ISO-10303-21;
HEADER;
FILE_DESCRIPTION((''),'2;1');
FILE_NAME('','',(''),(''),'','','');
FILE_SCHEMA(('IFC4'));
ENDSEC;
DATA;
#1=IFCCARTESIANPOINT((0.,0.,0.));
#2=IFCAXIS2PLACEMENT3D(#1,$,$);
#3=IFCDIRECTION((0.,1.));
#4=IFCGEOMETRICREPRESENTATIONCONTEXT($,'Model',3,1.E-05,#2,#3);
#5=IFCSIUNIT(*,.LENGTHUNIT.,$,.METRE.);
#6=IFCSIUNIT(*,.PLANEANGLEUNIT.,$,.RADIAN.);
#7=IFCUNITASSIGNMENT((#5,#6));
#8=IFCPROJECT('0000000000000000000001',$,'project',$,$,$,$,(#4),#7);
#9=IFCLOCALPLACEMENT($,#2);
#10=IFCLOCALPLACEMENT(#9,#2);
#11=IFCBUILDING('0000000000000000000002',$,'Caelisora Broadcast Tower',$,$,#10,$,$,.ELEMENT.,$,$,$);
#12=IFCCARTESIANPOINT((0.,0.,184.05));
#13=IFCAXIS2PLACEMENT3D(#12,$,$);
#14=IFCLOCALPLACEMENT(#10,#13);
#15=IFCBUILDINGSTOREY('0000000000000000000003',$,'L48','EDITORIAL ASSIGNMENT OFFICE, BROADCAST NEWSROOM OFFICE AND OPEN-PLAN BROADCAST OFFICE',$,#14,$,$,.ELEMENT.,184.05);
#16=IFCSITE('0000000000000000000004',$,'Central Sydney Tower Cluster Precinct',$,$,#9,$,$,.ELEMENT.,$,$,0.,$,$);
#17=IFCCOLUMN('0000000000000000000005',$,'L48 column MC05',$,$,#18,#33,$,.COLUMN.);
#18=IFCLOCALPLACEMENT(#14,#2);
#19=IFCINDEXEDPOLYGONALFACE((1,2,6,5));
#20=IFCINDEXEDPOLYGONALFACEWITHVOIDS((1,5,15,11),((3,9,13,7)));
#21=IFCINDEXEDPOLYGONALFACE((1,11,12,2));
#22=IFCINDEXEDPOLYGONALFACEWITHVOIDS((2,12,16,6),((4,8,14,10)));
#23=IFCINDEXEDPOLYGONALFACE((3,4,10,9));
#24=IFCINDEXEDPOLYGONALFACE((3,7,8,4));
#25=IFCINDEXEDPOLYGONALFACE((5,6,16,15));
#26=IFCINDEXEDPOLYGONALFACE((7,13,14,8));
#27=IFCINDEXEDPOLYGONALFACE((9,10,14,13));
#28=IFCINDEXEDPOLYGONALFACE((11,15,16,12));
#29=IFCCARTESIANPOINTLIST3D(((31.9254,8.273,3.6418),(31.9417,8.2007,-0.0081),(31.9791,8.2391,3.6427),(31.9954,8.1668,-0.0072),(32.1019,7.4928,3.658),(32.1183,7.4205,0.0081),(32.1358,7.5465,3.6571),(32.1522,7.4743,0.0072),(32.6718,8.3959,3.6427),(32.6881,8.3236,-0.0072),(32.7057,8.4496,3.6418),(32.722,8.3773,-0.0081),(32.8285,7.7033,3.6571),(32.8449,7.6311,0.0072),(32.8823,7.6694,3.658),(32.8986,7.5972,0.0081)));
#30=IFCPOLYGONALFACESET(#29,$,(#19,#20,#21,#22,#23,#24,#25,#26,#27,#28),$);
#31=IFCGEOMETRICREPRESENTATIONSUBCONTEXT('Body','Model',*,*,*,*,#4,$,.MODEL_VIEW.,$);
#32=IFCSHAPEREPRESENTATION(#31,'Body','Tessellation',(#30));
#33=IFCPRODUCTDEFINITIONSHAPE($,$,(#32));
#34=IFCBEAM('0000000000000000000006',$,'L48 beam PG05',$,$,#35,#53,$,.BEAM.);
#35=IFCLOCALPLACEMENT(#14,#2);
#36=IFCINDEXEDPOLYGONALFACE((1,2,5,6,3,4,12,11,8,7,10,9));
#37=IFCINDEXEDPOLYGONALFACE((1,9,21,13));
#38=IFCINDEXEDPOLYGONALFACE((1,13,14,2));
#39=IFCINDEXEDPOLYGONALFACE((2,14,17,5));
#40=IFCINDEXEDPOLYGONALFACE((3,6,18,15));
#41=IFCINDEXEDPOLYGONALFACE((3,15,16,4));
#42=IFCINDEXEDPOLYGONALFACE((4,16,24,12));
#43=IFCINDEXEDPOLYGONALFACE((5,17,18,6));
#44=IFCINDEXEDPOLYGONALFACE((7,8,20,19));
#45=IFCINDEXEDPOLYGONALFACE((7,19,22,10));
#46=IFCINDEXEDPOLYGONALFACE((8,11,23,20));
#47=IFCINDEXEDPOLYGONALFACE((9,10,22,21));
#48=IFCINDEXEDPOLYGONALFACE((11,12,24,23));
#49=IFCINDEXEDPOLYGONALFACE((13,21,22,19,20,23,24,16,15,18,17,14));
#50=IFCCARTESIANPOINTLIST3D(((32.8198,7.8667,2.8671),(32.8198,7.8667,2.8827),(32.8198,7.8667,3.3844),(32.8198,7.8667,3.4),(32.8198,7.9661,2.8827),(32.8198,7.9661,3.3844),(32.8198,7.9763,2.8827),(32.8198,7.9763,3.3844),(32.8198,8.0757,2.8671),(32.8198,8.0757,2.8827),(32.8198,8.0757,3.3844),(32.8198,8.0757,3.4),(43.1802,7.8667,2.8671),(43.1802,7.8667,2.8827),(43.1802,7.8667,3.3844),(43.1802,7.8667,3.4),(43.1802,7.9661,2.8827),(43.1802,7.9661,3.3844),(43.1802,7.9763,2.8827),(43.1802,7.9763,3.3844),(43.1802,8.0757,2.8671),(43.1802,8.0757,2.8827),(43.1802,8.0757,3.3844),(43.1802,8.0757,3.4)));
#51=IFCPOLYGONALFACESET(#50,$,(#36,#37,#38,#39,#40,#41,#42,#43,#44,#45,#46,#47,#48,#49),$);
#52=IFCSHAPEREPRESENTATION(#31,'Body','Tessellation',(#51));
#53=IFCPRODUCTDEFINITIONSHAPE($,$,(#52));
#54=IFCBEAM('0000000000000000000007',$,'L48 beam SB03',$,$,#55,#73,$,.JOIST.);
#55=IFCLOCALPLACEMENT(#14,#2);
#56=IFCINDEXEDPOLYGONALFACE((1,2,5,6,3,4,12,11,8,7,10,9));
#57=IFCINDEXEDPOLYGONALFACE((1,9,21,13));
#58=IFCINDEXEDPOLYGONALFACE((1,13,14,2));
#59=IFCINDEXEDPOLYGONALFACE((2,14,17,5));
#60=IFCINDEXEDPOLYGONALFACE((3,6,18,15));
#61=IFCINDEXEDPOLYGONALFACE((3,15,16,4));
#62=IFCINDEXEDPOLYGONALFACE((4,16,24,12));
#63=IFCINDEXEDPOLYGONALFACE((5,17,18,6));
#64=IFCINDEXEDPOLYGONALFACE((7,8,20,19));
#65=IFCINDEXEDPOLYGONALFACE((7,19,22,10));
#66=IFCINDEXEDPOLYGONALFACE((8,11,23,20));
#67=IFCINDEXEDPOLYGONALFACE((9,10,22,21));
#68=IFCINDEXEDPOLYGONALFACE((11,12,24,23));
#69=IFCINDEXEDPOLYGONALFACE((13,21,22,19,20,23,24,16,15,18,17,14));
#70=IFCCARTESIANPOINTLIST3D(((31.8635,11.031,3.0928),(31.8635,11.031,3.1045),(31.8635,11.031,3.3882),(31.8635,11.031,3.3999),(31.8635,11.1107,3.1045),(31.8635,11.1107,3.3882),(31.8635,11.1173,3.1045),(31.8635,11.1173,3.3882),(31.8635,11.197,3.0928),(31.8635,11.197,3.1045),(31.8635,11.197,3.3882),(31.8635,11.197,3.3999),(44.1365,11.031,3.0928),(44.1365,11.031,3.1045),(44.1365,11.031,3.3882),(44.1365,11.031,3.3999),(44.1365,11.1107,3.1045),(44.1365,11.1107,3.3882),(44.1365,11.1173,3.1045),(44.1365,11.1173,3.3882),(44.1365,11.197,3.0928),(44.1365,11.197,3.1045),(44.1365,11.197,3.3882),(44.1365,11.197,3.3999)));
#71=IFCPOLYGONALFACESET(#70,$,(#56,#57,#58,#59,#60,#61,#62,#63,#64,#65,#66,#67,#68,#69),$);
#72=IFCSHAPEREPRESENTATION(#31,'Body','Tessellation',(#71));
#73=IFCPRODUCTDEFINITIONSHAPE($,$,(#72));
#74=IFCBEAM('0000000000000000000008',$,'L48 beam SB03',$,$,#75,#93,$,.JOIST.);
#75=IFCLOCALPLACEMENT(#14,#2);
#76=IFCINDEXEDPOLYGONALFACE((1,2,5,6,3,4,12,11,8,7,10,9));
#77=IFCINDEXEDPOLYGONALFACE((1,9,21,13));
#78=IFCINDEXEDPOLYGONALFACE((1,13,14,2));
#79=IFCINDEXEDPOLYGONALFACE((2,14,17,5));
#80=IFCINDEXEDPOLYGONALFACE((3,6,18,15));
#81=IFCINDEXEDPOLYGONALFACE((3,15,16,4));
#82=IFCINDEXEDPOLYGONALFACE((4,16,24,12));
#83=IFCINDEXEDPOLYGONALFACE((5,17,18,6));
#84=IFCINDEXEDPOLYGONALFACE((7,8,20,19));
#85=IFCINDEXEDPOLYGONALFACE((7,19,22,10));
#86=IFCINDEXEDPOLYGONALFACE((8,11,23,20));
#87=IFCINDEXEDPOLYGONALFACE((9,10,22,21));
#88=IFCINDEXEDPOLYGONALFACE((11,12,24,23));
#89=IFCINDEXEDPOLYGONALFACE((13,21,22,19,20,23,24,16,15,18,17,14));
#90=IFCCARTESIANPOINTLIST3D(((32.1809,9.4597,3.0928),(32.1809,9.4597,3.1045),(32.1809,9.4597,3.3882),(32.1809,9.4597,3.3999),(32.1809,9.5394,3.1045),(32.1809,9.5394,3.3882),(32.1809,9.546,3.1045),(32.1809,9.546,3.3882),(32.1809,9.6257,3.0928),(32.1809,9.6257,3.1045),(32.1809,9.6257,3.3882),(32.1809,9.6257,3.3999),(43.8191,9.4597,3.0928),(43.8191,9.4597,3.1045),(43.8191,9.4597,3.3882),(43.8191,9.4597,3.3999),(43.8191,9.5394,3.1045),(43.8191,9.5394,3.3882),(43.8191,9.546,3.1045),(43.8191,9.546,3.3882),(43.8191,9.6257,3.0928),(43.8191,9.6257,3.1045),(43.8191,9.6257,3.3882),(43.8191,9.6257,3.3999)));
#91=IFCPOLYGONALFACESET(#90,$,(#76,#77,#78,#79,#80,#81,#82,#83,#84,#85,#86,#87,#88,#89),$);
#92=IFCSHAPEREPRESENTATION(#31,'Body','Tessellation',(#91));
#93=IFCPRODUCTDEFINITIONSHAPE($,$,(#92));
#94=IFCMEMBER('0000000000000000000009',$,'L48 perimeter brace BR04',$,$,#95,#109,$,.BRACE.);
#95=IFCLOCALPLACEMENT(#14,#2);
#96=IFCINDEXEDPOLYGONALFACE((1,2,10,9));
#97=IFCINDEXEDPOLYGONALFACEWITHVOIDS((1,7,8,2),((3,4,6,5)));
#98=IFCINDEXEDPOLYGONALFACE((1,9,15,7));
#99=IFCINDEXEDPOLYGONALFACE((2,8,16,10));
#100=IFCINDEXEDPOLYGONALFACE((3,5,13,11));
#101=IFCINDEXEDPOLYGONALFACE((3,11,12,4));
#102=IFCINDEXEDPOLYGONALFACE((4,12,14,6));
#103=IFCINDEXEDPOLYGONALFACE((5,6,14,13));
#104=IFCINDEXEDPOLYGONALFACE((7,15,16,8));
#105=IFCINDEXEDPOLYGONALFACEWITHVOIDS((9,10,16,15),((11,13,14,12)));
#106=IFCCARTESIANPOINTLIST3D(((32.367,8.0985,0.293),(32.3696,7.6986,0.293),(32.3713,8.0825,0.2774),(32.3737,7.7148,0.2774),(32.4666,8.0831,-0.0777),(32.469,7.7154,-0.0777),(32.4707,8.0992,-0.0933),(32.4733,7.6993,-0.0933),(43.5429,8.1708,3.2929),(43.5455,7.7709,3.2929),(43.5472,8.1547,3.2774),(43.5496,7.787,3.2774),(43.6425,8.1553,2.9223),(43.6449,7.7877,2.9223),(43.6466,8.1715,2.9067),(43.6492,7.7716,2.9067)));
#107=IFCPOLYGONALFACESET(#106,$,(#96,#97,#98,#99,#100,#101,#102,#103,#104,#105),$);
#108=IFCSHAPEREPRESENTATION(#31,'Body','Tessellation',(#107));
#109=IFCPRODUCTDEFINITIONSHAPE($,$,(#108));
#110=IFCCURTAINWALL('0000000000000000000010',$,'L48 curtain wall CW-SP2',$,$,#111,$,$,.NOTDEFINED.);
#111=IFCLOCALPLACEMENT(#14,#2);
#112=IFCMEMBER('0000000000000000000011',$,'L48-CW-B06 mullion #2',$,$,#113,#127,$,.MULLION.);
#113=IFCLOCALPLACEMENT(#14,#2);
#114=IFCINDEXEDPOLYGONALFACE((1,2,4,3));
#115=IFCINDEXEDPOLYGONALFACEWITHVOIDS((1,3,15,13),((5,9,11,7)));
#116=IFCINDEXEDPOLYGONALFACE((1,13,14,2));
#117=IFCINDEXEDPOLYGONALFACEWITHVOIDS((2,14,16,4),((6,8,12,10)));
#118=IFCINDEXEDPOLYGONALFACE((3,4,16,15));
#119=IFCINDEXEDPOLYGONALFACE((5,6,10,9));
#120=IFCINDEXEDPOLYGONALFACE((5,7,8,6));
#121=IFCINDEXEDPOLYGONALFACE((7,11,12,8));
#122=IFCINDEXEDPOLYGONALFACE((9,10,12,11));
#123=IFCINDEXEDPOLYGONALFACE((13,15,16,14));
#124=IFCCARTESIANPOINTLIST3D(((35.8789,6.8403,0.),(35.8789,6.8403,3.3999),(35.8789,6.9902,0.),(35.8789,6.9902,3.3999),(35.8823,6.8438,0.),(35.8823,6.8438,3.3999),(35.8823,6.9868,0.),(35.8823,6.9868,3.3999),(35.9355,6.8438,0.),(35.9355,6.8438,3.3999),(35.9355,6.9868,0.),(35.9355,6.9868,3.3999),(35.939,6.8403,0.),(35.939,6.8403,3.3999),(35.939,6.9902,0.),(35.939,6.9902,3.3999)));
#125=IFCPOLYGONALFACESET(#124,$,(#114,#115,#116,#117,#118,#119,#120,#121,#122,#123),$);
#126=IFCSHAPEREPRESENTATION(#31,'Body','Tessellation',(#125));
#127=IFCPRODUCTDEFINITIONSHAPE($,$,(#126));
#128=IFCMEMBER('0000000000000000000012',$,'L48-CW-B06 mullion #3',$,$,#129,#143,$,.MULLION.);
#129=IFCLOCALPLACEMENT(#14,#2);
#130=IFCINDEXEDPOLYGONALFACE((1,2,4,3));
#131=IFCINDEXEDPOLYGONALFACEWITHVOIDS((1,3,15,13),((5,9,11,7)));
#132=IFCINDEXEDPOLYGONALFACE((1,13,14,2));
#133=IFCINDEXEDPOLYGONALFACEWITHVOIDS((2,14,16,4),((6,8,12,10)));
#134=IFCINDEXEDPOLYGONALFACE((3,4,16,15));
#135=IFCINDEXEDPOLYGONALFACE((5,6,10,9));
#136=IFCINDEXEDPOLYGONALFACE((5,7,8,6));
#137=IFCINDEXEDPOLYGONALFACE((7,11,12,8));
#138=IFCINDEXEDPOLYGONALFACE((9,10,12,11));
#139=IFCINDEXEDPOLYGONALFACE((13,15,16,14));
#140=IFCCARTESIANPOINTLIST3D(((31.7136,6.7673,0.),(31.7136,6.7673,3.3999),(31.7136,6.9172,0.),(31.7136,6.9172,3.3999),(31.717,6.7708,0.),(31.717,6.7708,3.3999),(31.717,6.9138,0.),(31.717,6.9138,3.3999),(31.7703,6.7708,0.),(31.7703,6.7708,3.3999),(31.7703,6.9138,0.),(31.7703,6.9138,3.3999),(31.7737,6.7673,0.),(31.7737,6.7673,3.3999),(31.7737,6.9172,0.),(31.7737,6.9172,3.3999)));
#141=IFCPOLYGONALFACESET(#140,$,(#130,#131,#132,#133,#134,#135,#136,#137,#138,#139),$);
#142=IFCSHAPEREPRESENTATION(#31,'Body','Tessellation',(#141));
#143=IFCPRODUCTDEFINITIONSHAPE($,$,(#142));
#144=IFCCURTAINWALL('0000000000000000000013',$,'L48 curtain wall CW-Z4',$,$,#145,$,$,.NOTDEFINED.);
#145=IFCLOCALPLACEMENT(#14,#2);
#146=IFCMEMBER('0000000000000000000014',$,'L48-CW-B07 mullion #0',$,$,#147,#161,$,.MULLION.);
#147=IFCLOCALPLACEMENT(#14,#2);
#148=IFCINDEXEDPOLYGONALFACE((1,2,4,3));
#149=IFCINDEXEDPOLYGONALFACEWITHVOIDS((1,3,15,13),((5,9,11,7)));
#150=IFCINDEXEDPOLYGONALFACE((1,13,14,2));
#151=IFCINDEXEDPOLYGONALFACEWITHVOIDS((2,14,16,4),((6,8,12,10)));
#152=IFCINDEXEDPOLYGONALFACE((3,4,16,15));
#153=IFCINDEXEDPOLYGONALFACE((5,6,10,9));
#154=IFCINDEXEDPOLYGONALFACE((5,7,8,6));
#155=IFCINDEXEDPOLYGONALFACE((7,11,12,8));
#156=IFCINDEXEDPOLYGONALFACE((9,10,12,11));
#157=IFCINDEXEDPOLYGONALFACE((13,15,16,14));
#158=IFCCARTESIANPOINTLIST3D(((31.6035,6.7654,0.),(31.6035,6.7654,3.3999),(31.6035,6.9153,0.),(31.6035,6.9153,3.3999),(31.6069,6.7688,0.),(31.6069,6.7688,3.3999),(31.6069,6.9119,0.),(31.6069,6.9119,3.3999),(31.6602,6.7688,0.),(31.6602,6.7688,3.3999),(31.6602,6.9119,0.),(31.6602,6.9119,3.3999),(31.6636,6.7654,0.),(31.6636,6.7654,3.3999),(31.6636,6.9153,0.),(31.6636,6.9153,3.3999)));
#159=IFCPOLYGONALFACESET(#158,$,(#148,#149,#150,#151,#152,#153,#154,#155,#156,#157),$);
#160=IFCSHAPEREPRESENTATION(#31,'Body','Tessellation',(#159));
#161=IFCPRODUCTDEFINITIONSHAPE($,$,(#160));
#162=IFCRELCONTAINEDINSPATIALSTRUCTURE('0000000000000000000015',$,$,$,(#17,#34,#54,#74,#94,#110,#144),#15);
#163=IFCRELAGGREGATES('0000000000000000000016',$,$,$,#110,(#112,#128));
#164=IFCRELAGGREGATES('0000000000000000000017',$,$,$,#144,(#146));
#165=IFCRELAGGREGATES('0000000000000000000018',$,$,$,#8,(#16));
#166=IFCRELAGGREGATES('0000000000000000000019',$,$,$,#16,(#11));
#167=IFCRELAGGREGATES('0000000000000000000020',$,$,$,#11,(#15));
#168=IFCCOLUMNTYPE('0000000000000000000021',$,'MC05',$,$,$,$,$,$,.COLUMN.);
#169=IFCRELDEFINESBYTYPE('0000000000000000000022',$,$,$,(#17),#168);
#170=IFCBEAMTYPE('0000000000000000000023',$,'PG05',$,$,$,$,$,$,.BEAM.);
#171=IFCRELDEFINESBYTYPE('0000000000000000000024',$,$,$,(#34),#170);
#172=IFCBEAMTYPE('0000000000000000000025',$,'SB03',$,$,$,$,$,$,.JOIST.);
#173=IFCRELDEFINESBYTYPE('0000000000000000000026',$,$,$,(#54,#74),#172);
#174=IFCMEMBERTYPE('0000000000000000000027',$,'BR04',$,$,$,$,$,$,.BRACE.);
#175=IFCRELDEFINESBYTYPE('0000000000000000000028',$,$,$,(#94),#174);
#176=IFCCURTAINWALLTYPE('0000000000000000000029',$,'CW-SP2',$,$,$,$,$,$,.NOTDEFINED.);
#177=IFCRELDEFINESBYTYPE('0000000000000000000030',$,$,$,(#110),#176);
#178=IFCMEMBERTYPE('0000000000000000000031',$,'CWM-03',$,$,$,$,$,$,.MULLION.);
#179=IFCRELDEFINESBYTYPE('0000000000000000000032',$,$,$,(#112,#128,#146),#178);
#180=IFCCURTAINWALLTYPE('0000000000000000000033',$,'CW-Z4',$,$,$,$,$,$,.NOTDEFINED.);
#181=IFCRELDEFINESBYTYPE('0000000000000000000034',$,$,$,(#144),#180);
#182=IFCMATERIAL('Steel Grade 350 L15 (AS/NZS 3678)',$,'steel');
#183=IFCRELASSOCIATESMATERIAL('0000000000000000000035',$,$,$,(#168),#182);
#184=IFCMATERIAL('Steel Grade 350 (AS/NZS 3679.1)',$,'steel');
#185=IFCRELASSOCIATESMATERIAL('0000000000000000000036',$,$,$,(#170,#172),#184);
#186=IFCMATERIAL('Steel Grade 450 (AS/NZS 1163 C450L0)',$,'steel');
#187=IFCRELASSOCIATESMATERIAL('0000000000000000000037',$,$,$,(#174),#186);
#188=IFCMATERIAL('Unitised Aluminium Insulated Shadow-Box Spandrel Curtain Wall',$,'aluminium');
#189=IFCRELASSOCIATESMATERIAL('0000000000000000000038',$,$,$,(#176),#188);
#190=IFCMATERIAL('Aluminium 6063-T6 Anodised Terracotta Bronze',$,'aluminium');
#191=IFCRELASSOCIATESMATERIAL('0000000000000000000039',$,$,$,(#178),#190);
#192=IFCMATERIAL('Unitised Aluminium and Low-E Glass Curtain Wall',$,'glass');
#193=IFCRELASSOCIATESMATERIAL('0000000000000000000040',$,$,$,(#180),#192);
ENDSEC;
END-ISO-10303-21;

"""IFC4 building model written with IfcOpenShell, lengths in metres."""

from ifc_helpers import new_model, si_unit, direction, frame, origin, origin_2d, place, context, subcontext, project, spatial, hollow_rectangle, i_section, extrude, source, transform, mapped, material, material_profile, profile_set, type_object, type_shapes, element, aggregate, save


model = new_model("IFC4")

# Units and contexts
model_context = context("Model", 3, precision=1e-05, world=origin(), true_north=direction((0.0, 1.0)))
body_context = subcontext(model_context, "Body", "Model", "MODEL_VIEW")
ifc_project = project(units=[si_unit("LENGTHUNIT", "METRE"), si_unit("PLANEANGLEUNIT", "RADIAN")], contexts=[model_context])

# Site, building, storey
site_placement = place(None, origin())
site = spatial("IfcSite", under=ifc_project, at=site_placement, Name="Central Sydney Tower Cluster Precinct", CompositionType="ELEMENT", RefElevation=0.0)
building_placement = place(site_placement, origin())
building = spatial("IfcBuilding", under=site, at=building_placement, Name="Caelisora Broadcast Tower", CompositionType="ELEMENT")
storey_placement = place(building_placement, frame((0.0, 0.0, 184.05)))
storey = spatial("IfcBuildingStorey", under=building, at=storey_placement, Name="L48", Description="EDITORIAL ASSIGNMENT OFFICE, BROADCAST NEWSROOM OFFICE AND OPEN-PLAN BROADCAST OFFICE", CompositionType="ELEMENT", Elevation=184.05)

# Column
ifc_material_1 = material(Name="Steel Grade 350 L15 (AS/NZS 3678)", Category="steel")
ifc_material_profile_1 = material_profile(ifc_material_1, hollow_rectangle(XDim=0.8, YDim=0.8, WallThickness=0.0449, at=origin_2d()), Name="Steel Grade 350 L15 (AS/NZS 3678)")
ifc_profile_set_1 = profile_set([ifc_material_profile_1], Name="Steel Grade 350 L15 (AS/NZS 3678)")
column_type = type_object("IfcColumnType", Name="MC05", PredefinedType="COLUMN", material=ifc_profile_set_1)
shared_shape_1 = source(origin(), body_context, "Body", "SweptSolid", [
    extrude(hollow_rectangle(XDim=0.8, YDim=0.8, WallThickness=0.0449, at=origin_2d()), origin(), (0.0, 0.0, 1.0), 3.6506),
])
type_shapes(column_type, [shared_shape_1])
column_placement = place(storey_placement, frame((32.4202, 7.8989, 0.0), z_axis=(-0.004481, 0.019795, 0.999794), x_axis=(-0.975327, -0.220767, 0.0)))
element("IfcColumn", 1, at=column_placement, inside=storey, type_object=column_type, Name="L48 column MC05", PredefinedType="COLUMN", context=body_context, shape_type="MappedRepresentation", body=[
    mapped(shared_shape_1, transform((0.0, 0.0, 0.0), scale=1.0)),
])

# Beams
ifc_material_2 = material(Name="Steel Grade 350 (AS/NZS 3679.1)", Category="steel")
ifc_material_profile_2 = material_profile(ifc_material_2, i_section(OverallWidth=0.209, OverallDepth=0.533, WebThickness=0.0103, FlangeThickness=0.0156, at=origin_2d()), Name="Steel Grade 350 (AS/NZS 3679.1)")
ifc_profile_set_2 = profile_set([ifc_material_profile_2], Name="Steel Grade 350 (AS/NZS 3679.1)")
beam_type_1 = type_object("IfcBeamType", Name="PG05", PredefinedType="BEAM", material=ifc_profile_set_2)
shared_shape_2 = source(origin(), body_context, "Body", "SweptSolid", [
    extrude(i_section(OverallWidth=0.209, OverallDepth=0.533, WebThickness=0.0103, FlangeThickness=0.0156, at=origin_2d()), origin(), (0.0, 0.0, 1.0), 10.3604),
])
type_shapes(beam_type_1, [shared_shape_2])
beam_1_placement = place(storey_placement, frame((32.8198, 7.9712, 3.1335), z_axis=(1.0, 0.0, 0.0), x_axis=(0.0, 1.0, 0.0)))
element("IfcBeam", 2, at=beam_1_placement, inside=storey, type_object=beam_type_1, Name="L48 beam PG05", PredefinedType="BEAM", context=body_context, shape_type="MappedRepresentation", body=[
    mapped(shared_shape_2, transform((0.0, 0.0, 0.0), scale=1.0)),
])
ifc_material_profile_3 = material_profile(ifc_material_2, i_section(OverallWidth=0.166, OverallDepth=0.3071, WebThickness=0.0066, FlangeThickness=0.0117, at=origin_2d()), Name="Steel Grade 350 (AS/NZS 3679.1)")
ifc_profile_set_3 = profile_set([ifc_material_profile_3], Name="Steel Grade 350 (AS/NZS 3679.1)")
beam_type_2 = type_object("IfcBeamType", Name="SB03", PredefinedType="JOIST", material=ifc_profile_set_3)
shared_shape_3 = source(origin(), body_context, "Body", "SweptSolid", [
    extrude(i_section(OverallWidth=0.166, OverallDepth=0.3071, WebThickness=0.0066, FlangeThickness=0.0117, at=origin_2d()), origin(), (0.0, 0.0, 1.0), 12.2729),
])
beam_2_placement = place(storey_placement, frame((31.8635, 11.114, 3.2463), z_axis=(1.0, 0.0, 0.0), x_axis=(0.0, 1.0, 0.0)))
element("IfcBeam", 3, at=beam_2_placement, inside=storey, type_object=beam_type_2, Name="L48 beam SB03", PredefinedType="JOIST", context=body_context, shape_type="MappedRepresentation", body=[
    mapped(shared_shape_3, transform((0.0, 0.0, 0.0), scale=1.0)),
])
shared_shape_4 = source(origin(), body_context, "Body", "SweptSolid", [
    extrude(i_section(OverallWidth=0.166, OverallDepth=0.3071, WebThickness=0.0066, FlangeThickness=0.0117, at=origin_2d()), origin(), (0.0, 0.0, 1.0), 11.6382),
])
type_shapes(beam_type_2, [shared_shape_3, shared_shape_4])
beam_3_placement = place(storey_placement, frame((32.1809, 9.5427, 3.2463), z_axis=(1.0, 0.0, 0.0), x_axis=(0.0, 1.0, 0.0)))
element("IfcBeam", 4, at=beam_3_placement, inside=storey, type_object=beam_type_2, Name="L48 beam SB03", PredefinedType="JOIST", context=body_context, shape_type="MappedRepresentation", body=[
    mapped(shared_shape_4, transform((0.0, 0.0, 0.0), scale=1.0)),
])

# Member
ifc_material_3 = material(Name="Steel Grade 450 (AS/NZS 1163 C450L0)", Category="steel")
ifc_material_profile_4 = material_profile(ifc_material_3, hollow_rectangle(XDim=0.3999, YDim=0.3999, WallThickness=0.0161, at=origin_2d()), Name="Steel Grade 450 (AS/NZS 1163 C450L0)")
ifc_profile_set_4 = profile_set([ifc_material_profile_4], Name="Steel Grade 450 (AS/NZS 1163 C450L0)")
member_type_1 = type_object("IfcMemberType", Name="BR04", PredefinedType="BRACE", material=ifc_profile_set_4)
shared_shape_5 = source(origin(), body_context, "Body", "SweptSolid", [
    extrude(hollow_rectangle(XDim=0.3999, YDim=0.3999, WallThickness=0.0161, at=origin_2d()), origin(), (0.0, 0.0, 1.0), 11.5718),
])
type_shapes(member_type_1, [shared_shape_5])
member_1_placement = place(storey_placement, frame((32.4202, 7.8989, 0.0999), z_axis=(0.96579, 0.006245, 0.259249), x_axis=(-0.006466, 0.999979, 0.0)))
element("IfcMember", 5, at=member_1_placement, inside=storey, type_object=member_type_1, Name="L48 perimeter brace BR04", PredefinedType="BRACE", context=body_context, shape_type="MappedRepresentation", body=[
    mapped(shared_shape_5, transform((0.0, 0.0, 0.0), scale=1.0)),
])

# Curtain walls, members
ifc_material_4 = material(Name="Unitised Aluminium Insulated Shadow-Box Spandrel Curtain Wall", Category="aluminium")
curtain_wall_type_1 = type_object("IfcCurtainWallType", Name="CW-SP2", PredefinedType="NOTDEFINED", material=ifc_material_4)
curtain_wall_1_placement = place(storey_placement, origin())
curtain_wall_1 = element("IfcCurtainWall", 6, at=curtain_wall_1_placement, inside=storey, type_object=curtain_wall_type_1, Name="L48 curtain wall CW-SP2", PredefinedType="NOTDEFINED")
ifc_material_5 = material(Name="Aluminium 6063-T6 Anodised Terracotta Bronze", Category="aluminium")
ifc_material_profile_5 = material_profile(ifc_material_5, hollow_rectangle(XDim=0.0601, YDim=0.1499, WallThickness=0.0034, at=origin_2d()), Name="Aluminium 6063-T6 Anodised Terracotta Bronze")
ifc_profile_set_5 = profile_set([ifc_material_profile_5], Name="Aluminium 6063-T6 Anodised Terracotta Bronze")
member_type_2 = type_object("IfcMemberType", Name="CWM-03", PredefinedType="MULLION", material=ifc_profile_set_5)
shared_shape_6 = source(origin(), body_context, "Body", "SweptSolid", [
    extrude(hollow_rectangle(XDim=0.0601, YDim=0.1499, WallThickness=0.0034, at=origin_2d()), origin(), (0.0, 0.0, 1.0), 3.3999),
])
type_shapes(member_type_2, [shared_shape_6])
member_2_placement = place(storey_placement, frame((35.9089, 6.9153, 0.0), z_axis=(0.0, 0.0, 1.0), x_axis=(1.0, 0.0, 0.0)))
member_2 = element("IfcMember", 7, at=member_2_placement, type_object=member_type_2, Name="L48-CW-B06 mullion #2", PredefinedType="MULLION", context=body_context, shape_type="MappedRepresentation", body=[
    mapped(shared_shape_6, transform((0.0, 0.0, 0.0), scale=1.0)),
])
member_3_placement = place(storey_placement, frame((31.7437, 6.8423, 0.0), z_axis=(0.0, 0.0, 1.0), x_axis=(1.0, 0.0, 0.0)))
member_3 = element("IfcMember", 8, at=member_3_placement, type_object=member_type_2, Name="L48-CW-B06 mullion #3", PredefinedType="MULLION", context=body_context, shape_type="MappedRepresentation", body=[
    mapped(shared_shape_6, transform((0.0, 0.0, 0.0), scale=1.0)),
])
ifc_material_6 = material(Name="Unitised Aluminium and Low-E Glass Curtain Wall", Category="glass")
curtain_wall_type_2 = type_object("IfcCurtainWallType", Name="CW-Z4", PredefinedType="NOTDEFINED", material=ifc_material_6)
curtain_wall_2_placement = place(storey_placement, origin())
curtain_wall_2 = element("IfcCurtainWall", 9, at=curtain_wall_2_placement, inside=storey, type_object=curtain_wall_type_2, Name="L48 curtain wall CW-Z4", PredefinedType="NOTDEFINED")
member_4_placement = place(storey_placement, frame((31.6335, 6.8403, 0.0), z_axis=(0.0, 0.0, 1.0), x_axis=(1.0, 0.0, 0.0)))
member_4 = element("IfcMember", 10, at=member_4_placement, type_object=member_type_2, Name="L48-CW-B07 mullion #0", PredefinedType="MULLION", context=body_context, shape_type="MappedRepresentation", body=[
    mapped(shared_shape_6, transform((0.0, 0.0, 0.0), scale=1.0)),
])

aggregate(curtain_wall_1, [member_2, member_3])
aggregate(curtain_wall_2, [member_4])

save(model, "model.ifc")
